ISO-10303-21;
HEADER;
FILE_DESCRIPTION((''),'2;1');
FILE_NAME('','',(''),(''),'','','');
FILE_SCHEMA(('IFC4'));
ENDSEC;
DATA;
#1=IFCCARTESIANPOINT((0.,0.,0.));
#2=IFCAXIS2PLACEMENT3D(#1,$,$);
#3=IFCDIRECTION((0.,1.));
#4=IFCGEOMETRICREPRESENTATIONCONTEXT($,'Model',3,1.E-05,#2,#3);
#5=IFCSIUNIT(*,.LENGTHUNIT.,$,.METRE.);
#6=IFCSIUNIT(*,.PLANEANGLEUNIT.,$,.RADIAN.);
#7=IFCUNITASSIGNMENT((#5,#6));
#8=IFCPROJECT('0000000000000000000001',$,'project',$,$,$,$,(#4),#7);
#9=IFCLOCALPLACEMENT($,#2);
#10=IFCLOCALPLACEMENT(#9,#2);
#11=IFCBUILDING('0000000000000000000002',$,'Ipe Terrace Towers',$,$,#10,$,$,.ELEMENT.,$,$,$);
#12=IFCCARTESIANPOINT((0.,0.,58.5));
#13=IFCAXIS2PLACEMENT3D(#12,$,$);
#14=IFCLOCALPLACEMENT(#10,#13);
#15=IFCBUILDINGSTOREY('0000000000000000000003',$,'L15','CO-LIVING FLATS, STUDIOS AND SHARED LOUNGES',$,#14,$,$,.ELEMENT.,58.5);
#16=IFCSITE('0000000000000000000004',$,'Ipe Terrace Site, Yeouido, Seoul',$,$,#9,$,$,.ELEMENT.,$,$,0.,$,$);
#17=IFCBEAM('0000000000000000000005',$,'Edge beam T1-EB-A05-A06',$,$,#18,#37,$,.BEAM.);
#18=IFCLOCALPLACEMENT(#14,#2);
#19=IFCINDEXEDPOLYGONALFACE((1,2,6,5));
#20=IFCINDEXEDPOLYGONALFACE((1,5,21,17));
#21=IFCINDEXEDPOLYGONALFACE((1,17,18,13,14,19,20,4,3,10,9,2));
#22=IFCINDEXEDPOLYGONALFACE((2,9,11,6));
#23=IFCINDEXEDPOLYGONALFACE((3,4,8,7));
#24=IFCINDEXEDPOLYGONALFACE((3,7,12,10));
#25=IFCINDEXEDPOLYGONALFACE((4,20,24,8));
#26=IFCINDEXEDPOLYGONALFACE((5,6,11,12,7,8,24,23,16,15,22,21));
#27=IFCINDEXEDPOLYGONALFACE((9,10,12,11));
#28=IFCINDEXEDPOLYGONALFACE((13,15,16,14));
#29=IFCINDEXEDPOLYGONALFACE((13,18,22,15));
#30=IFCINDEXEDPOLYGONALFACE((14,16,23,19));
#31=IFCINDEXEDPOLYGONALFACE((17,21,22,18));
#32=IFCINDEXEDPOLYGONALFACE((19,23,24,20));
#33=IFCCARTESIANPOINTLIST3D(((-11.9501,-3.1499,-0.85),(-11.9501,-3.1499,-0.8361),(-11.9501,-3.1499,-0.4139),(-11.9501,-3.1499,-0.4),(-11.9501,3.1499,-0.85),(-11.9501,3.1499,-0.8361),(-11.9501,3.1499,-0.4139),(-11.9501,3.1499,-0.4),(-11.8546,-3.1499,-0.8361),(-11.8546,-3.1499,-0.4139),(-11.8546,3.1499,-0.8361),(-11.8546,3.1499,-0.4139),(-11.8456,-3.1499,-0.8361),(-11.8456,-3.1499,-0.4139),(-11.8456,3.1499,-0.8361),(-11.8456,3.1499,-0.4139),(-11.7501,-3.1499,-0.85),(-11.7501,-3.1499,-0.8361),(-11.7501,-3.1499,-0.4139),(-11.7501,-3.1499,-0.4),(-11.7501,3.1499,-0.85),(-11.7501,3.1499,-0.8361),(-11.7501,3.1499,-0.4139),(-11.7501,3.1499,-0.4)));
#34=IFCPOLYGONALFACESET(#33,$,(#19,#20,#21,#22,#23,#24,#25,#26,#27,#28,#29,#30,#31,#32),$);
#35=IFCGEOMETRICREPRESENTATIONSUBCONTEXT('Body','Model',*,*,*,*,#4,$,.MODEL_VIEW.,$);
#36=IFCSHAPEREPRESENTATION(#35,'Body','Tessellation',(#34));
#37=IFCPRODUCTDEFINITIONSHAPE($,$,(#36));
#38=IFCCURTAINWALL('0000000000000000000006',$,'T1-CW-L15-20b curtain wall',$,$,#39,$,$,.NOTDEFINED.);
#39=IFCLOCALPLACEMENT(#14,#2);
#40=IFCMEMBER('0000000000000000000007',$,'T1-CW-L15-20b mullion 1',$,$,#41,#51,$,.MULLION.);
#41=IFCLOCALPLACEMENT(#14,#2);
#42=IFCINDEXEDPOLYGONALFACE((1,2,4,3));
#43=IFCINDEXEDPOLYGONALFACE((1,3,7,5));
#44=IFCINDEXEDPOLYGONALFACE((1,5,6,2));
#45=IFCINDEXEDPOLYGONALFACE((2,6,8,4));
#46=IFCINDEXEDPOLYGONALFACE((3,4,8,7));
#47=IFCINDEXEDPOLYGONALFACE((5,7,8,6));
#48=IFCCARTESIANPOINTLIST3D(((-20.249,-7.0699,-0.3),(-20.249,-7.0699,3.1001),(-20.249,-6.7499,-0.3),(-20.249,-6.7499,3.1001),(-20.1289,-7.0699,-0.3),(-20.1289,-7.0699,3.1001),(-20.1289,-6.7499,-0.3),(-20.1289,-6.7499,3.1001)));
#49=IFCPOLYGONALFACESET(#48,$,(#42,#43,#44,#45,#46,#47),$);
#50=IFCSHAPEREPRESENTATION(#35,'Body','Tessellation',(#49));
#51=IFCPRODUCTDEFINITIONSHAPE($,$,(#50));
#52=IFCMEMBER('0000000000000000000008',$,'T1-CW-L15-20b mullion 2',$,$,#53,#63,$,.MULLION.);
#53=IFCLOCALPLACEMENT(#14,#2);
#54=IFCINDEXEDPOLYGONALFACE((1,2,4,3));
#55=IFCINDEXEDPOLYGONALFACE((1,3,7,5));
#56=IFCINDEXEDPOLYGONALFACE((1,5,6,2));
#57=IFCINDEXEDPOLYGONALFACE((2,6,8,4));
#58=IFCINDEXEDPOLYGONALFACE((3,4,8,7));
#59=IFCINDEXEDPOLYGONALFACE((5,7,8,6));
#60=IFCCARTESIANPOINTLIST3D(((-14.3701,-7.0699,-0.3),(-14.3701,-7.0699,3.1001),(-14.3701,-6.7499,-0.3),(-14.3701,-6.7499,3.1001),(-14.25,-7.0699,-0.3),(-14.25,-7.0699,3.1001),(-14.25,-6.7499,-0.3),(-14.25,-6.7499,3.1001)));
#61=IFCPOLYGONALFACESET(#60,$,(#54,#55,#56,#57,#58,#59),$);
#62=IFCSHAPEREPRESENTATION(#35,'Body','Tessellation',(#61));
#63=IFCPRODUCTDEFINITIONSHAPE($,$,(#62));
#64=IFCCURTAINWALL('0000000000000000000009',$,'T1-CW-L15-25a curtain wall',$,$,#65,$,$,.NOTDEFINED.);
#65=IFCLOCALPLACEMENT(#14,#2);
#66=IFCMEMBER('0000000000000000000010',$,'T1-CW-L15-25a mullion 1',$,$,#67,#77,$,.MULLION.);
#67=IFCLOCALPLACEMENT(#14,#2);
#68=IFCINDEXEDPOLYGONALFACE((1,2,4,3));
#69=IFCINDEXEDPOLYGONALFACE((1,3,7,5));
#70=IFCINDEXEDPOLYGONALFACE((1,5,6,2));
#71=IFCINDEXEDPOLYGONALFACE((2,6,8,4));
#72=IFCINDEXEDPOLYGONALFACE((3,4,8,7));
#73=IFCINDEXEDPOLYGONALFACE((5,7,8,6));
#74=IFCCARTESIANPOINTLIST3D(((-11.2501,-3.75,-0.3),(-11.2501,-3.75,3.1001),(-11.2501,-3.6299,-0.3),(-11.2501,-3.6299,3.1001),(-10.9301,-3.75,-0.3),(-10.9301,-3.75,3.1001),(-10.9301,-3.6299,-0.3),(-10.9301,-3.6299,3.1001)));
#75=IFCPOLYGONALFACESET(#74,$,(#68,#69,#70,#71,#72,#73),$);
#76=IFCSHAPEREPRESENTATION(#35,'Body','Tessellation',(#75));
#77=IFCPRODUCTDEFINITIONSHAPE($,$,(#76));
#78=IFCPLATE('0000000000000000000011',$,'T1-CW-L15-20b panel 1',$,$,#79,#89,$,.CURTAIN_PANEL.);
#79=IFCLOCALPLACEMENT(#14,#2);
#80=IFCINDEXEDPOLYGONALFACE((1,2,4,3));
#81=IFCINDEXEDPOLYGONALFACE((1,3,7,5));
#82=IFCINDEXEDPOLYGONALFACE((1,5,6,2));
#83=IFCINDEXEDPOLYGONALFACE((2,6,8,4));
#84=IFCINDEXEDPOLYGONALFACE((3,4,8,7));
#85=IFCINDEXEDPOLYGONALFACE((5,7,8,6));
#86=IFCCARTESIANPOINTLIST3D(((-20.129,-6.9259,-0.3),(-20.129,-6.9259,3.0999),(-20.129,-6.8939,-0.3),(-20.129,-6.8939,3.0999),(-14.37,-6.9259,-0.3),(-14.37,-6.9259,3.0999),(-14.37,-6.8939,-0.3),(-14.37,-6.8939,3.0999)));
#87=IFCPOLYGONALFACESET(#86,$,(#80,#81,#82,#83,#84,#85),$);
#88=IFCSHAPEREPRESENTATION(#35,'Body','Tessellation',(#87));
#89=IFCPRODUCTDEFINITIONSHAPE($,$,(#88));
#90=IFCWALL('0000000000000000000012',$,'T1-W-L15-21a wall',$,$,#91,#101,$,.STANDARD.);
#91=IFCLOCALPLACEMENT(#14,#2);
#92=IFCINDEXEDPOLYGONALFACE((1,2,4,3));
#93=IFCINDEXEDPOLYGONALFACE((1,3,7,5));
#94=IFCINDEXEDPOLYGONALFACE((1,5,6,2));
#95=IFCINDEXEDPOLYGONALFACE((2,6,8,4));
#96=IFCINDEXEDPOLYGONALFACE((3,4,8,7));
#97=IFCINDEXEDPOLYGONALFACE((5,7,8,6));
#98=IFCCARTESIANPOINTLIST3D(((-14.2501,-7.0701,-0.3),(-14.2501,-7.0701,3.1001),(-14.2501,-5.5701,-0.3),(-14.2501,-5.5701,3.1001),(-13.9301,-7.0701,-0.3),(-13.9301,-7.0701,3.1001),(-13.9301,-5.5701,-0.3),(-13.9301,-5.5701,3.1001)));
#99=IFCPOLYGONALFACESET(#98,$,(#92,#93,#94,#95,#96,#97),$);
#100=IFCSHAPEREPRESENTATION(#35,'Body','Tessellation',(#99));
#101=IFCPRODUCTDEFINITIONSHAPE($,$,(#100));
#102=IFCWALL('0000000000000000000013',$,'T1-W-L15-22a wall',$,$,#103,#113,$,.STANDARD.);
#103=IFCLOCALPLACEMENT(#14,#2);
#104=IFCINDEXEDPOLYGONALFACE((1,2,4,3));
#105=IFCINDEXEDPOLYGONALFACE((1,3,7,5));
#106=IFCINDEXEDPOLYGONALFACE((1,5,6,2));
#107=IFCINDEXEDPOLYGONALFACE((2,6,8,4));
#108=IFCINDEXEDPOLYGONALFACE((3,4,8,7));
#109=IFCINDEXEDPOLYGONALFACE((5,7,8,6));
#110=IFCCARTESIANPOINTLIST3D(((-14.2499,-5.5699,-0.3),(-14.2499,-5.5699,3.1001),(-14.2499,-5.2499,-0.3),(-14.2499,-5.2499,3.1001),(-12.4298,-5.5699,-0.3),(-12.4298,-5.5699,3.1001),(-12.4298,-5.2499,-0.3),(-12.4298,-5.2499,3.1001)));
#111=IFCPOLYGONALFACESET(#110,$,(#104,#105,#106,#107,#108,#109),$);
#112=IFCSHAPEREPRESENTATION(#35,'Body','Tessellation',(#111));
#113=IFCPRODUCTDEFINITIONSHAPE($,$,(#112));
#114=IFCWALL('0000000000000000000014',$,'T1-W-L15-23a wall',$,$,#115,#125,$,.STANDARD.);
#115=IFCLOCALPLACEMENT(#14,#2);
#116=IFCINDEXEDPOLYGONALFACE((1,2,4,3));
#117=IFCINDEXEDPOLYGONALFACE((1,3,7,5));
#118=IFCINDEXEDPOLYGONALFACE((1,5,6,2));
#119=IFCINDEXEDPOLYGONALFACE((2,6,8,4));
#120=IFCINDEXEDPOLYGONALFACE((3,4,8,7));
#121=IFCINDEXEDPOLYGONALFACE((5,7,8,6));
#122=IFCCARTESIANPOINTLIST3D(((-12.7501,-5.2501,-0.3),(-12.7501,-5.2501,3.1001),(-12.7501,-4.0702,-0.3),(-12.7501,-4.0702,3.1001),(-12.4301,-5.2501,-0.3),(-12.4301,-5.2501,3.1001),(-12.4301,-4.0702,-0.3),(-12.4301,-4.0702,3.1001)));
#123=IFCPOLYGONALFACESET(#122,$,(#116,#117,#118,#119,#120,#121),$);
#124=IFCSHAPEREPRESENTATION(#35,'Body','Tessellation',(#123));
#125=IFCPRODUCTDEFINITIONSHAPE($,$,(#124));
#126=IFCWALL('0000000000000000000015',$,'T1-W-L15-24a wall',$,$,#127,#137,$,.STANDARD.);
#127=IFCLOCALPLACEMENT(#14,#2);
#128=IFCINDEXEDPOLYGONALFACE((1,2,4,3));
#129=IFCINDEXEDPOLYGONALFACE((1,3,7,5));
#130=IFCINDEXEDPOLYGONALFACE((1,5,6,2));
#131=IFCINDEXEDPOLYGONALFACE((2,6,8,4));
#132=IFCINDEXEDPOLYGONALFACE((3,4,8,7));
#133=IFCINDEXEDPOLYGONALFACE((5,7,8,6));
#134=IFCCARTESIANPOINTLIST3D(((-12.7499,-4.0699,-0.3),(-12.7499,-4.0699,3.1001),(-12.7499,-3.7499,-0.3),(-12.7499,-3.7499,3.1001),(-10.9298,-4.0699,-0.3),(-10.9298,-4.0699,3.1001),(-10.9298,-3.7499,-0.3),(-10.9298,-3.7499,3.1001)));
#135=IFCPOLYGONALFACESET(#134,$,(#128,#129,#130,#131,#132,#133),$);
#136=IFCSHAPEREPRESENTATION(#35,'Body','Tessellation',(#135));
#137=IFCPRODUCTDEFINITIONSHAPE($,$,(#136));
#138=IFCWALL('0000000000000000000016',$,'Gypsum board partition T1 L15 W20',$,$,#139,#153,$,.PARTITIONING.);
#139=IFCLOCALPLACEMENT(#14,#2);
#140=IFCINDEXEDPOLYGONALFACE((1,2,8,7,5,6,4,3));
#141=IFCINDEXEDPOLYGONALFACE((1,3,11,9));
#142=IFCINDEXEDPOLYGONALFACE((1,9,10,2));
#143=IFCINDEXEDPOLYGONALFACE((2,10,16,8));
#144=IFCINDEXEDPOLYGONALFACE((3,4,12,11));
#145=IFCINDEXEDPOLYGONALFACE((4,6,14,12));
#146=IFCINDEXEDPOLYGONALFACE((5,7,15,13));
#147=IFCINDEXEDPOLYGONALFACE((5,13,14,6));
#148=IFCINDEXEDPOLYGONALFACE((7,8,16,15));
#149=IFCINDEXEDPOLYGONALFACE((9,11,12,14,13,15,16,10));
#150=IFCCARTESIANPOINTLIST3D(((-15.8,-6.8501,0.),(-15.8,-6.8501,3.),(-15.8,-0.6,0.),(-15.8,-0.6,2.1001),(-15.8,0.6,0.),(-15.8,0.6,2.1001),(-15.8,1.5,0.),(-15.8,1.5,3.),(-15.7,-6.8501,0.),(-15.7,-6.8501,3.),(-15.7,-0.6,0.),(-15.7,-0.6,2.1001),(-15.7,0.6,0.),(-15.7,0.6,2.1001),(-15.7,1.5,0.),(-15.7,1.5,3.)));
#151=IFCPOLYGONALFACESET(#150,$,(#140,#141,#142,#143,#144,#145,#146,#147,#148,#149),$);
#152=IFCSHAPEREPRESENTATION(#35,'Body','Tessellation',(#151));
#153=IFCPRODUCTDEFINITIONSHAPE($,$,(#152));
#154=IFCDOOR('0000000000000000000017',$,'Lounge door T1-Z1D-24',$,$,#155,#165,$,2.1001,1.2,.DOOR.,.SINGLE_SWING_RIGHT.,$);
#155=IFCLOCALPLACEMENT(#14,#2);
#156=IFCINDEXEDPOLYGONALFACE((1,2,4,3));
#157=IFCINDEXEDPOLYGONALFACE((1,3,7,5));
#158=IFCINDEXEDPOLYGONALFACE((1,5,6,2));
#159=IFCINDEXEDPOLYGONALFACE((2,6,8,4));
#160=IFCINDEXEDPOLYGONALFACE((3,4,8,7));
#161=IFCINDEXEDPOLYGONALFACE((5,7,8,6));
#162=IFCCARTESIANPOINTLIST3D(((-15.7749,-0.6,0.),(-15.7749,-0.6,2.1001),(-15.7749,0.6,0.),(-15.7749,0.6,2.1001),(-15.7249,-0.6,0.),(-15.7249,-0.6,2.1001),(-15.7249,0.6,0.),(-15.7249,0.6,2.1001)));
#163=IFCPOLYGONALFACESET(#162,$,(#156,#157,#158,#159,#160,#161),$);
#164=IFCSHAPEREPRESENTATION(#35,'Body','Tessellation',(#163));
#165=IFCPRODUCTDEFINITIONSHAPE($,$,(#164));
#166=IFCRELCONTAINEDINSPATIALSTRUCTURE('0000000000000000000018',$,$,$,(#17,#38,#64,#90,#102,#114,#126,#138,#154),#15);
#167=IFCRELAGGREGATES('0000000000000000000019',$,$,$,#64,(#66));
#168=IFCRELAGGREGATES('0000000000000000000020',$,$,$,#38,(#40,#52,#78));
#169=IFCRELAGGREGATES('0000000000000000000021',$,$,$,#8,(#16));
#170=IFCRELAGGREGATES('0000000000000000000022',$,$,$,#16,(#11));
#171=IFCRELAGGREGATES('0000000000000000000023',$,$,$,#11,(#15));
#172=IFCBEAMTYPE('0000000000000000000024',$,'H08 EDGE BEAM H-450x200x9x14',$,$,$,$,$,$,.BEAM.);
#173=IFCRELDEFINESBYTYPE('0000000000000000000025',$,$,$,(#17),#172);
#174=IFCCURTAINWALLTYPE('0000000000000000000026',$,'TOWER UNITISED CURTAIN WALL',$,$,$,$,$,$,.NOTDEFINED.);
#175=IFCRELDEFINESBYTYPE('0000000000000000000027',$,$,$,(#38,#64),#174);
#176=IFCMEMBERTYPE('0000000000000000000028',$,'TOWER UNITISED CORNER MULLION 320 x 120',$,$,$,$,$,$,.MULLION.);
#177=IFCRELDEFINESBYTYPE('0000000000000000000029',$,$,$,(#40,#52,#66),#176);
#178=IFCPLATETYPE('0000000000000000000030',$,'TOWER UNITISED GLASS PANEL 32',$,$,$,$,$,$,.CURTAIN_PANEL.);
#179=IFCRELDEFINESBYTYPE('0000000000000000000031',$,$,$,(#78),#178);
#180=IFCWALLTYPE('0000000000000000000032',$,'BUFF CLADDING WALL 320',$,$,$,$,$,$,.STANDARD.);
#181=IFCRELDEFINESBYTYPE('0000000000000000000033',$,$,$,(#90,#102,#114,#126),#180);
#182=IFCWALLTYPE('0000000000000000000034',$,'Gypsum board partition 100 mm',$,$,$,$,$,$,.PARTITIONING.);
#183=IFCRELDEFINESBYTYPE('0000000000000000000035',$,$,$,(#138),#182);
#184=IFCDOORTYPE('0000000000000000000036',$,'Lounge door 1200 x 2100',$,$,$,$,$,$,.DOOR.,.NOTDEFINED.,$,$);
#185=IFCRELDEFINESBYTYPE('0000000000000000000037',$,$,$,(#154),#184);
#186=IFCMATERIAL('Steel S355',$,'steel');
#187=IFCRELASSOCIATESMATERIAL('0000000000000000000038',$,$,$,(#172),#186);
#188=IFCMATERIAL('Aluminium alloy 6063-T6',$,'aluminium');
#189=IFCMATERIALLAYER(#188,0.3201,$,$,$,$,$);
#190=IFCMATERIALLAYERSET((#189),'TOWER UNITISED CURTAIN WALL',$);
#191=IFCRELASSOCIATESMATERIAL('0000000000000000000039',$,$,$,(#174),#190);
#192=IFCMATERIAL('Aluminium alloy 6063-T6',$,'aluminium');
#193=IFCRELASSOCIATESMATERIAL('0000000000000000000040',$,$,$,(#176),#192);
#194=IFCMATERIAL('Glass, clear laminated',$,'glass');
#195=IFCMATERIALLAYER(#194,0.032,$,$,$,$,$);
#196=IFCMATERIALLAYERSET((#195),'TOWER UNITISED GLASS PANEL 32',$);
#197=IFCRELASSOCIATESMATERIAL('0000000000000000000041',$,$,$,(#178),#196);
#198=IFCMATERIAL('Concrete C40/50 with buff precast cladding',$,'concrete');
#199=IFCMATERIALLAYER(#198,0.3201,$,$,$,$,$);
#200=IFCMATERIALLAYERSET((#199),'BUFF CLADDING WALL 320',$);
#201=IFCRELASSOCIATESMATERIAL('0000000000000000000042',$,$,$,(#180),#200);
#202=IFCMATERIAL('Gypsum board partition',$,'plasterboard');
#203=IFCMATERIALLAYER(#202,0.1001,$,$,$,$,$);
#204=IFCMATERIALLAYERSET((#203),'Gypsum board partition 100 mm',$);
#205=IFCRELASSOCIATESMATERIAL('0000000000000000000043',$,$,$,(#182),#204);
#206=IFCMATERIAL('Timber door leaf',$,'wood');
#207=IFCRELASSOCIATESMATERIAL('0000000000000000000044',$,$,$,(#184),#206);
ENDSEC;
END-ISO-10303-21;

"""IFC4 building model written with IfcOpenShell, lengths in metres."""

from ifc_helpers import new_model, si_unit, direction, frame, frame_2d, origin, origin_2d, place, context, subcontext, project, spatial, rectangle, i_section, extrude, material, layer, layer_set, material_profile, profile_set, type_object, element, fill, aggregate, save


model = new_model("IFC4")

# Units and contexts
model_context = context("Model", 3, precision=1e-05, world=origin(), true_north=direction((0.0, 1.0)))
body_context = subcontext(model_context, "Body", "Model", "MODEL_VIEW")
ifc_project = project(units=[si_unit("LENGTHUNIT", "METRE"), si_unit("PLANEANGLEUNIT", "RADIAN")], contexts=[model_context])

# Site, building, storey
site_placement = place(None, origin())
site = spatial("IfcSite", under=ifc_project, at=site_placement, Name="Ipe Terrace Site, Yeouido, Seoul", CompositionType="ELEMENT", RefElevation=0.0)
building_placement = place(site_placement, origin())
building = spatial("IfcBuilding", under=site, at=building_placement, Name="Ipe Terrace Towers", CompositionType="ELEMENT")
storey_placement = place(building_placement, frame((0.0, 0.0, 58.5)))
storey = spatial("IfcBuildingStorey", under=building, at=storey_placement, Name="L15", Description="CO-LIVING FLATS, STUDIOS AND SHARED LOUNGES", CompositionType="ELEMENT", Elevation=58.5)

# Beam
ifc_material_1 = material(Name="Steel S355", Category="steel")
ifc_material_profile_1 = material_profile(ifc_material_1, i_section(OverallWidth=0.2, OverallDepth=0.45, WebThickness=0.009, FlangeThickness=0.0139, at=origin_2d()), Name="H-450x200x9x14")
ifc_profile_set_1 = profile_set([ifc_material_profile_1], Name="Steel S355")
beam_type = type_object("IfcBeamType", Name="H08 EDGE BEAM H-450x200x9x14", PredefinedType="BEAM", material=ifc_profile_set_1)
beam_1_placement = place(storey_placement, frame((-11.8501, -3.1499, -0.625), z_axis=(0.0, 1.0, 0.0), x_axis=(-1.0, 0.0, 0.0)))
element("IfcBeam", 1, at=beam_1_placement, inside=storey, type_object=beam_type, Name="Edge beam T1-EB-A05-A06", PredefinedType="BEAM", context=body_context, shape_type="SweptSolid", body=[
    extrude(i_section(OverallWidth=0.2, OverallDepth=0.45, WebThickness=0.009, FlangeThickness=0.0139, at=origin_2d()), origin(), (0.0, 0.0, 1.0), 6.2998),
])

# Curtain wall, members
ifc_material_2 = material(Name="Aluminium alloy 6063-T6", Category="aluminium")
ifc_layer_1 = layer(ifc_material_2, 0.3201)
ifc_layer_set_1 = layer_set([ifc_layer_1], Name="TOWER UNITISED CURTAIN WALL")
curtain_wall_type = type_object("IfcCurtainWallType", Name="TOWER UNITISED CURTAIN WALL", PredefinedType="NOTDEFINED", material=ifc_layer_set_1)
curtain_wall_1_placement = place(storey_placement, origin())
curtain_wall_1 = element("IfcCurtainWall", 2, at=curtain_wall_1_placement, inside=storey, type_object=curtain_wall_type, Name="T1-CW-L15-20b curtain wall", PredefinedType="NOTDEFINED")
ifc_material_3 = material(Name="Aluminium alloy 6063-T6", Category="aluminium")
ifc_material_profile_2 = material_profile(ifc_material_3, rectangle(XDim=0.3201, YDim=0.1201, at=origin_2d()), Name="TOWER UNITISED CORNER MULLION 320 x 120")
ifc_profile_set_2 = profile_set([ifc_material_profile_2], Name="Aluminium alloy 6063-T6")
member_type = type_object("IfcMemberType", Name="TOWER UNITISED CORNER MULLION 320 x 120", PredefinedType="MULLION", material=ifc_profile_set_2)
member_1_placement = place(storey_placement, frame((-20.189, -6.9099, -0.3), z_axis=(0.0, 0.0, 1.0), x_axis=(0.0, -1.0, 0.0)))
member_1 = element("IfcMember", 3, at=member_1_placement, type_object=member_type, Name="T1-CW-L15-20b mullion 1", PredefinedType="MULLION", context=body_context, shape_type="SweptSolid", body=[
    extrude(rectangle(XDim=0.3201, YDim=0.1201, at=origin_2d()), origin(), (0.0, 0.0, 1.0), 3.4001),
])
member_2_placement = place(storey_placement, frame((-14.3101, -6.9099, -0.3), z_axis=(0.0, 0.0, 1.0), x_axis=(0.0, -1.0, 0.0)))
member_2 = element("IfcMember", 4, at=member_2_placement, type_object=member_type, Name="T1-CW-L15-20b mullion 2", PredefinedType="MULLION", context=body_context, shape_type="SweptSolid", body=[
    extrude(rectangle(XDim=0.3201, YDim=0.1201, at=origin_2d()), origin(), (0.0, 0.0, 1.0), 3.4001),
])

# Curtain wall, member
curtain_wall_2_placement = place(storey_placement, origin())
curtain_wall_2 = element("IfcCurtainWall", 5, at=curtain_wall_2_placement, inside=storey, type_object=curtain_wall_type, Name="T1-CW-L15-25a curtain wall", PredefinedType="NOTDEFINED")
member_3_placement = place(storey_placement, frame((-11.0901, -3.6899, -0.3), z_axis=(0.0, 0.0, 1.0), x_axis=(1.0, 0.0, 0.0)))
member_3 = element("IfcMember", 6, at=member_3_placement, type_object=member_type, Name="T1-CW-L15-25a mullion 1", PredefinedType="MULLION", context=body_context, shape_type="SweptSolid", body=[
    extrude(rectangle(XDim=0.3201, YDim=0.1201, at=origin_2d()), origin(), (0.0, 0.0, 1.0), 3.4001),
])
aggregate(curtain_wall_2, [member_3])

# Plate
ifc_material_4 = material(Name="Glass, clear laminated", Category="glass")
ifc_layer_2 = layer(ifc_material_4, 0.032)
ifc_layer_set_2 = layer_set([ifc_layer_2], Name="TOWER UNITISED GLASS PANEL 32")
plate_type = type_object("IfcPlateType", Name="TOWER UNITISED GLASS PANEL 32", PredefinedType="CURTAIN_PANEL", material=ifc_layer_set_2)
plate_placement = place(storey_placement, frame((-17.2495, -6.9099, -0.3), z_axis=(0.0, 0.0, 1.0), x_axis=(1.0, 0.0, 0.0)))
plate = element("IfcPlate", 7, at=plate_placement, type_object=plate_type, Name="T1-CW-L15-20b panel 1", PredefinedType="CURTAIN_PANEL", context=body_context, shape_type="SweptSolid", body=[
    extrude(rectangle(XDim=5.759, YDim=0.032, at=origin_2d()), origin(), (0.0, 0.0, 1.0), 3.3999),
])
aggregate(curtain_wall_1, [member_1, member_2, plate])

# Walls
ifc_material_5 = material(Name="Concrete C40/50 with buff precast cladding", Category="concrete")
ifc_layer_3 = layer(ifc_material_5, 0.3201)
ifc_layer_set_3 = layer_set([ifc_layer_3], Name="BUFF CLADDING WALL 320")
wall_type_1 = type_object("IfcWallType", Name="BUFF CLADDING WALL 320", PredefinedType="STANDARD", material=ifc_layer_set_3)
wall_1_placement = place(storey_placement, frame((-14.0901, -7.0701, -0.3), z_axis=(0.0, 0.0, 1.0), x_axis=(0.0, 1.0, 0.0)))
element("IfcWall", 8, at=wall_1_placement, inside=storey, type_object=wall_type_1, Name="T1-W-L15-21a wall", PredefinedType="STANDARD", context=body_context, shape_type="SweptSolid", body=[
    extrude(rectangle(XDim=1.5, YDim=0.3201, at=frame_2d((0.75, 0.0))), origin(), (0.0, 0.0, 1.0), 3.4001),
])
wall_2_placement = place(storey_placement, frame((-14.25, -5.4099, -0.3), z_axis=(0.0, 0.0, 1.0), x_axis=(1.0, 0.0, 0.0)))
element("IfcWall", 9, at=wall_2_placement, inside=storey, type_object=wall_type_1, Name="T1-W-L15-22a wall", PredefinedType="STANDARD", context=body_context, shape_type="SweptSolid", body=[
    extrude(rectangle(XDim=1.8201, YDim=0.3201, at=frame_2d((0.9102, 0.0))), origin(), (0.0, 0.0, 1.0), 3.4001),
])
wall_3_placement = place(storey_placement, frame((-12.5901, -5.25, -0.3), z_axis=(0.0, 0.0, 1.0), x_axis=(0.0, 1.0, 0.0)))
element("IfcWall", 10, at=wall_3_placement, inside=storey, type_object=wall_type_1, Name="T1-W-L15-23a wall", PredefinedType="STANDARD", context=body_context, shape_type="SweptSolid", body=[
    extrude(rectangle(XDim=1.1799, YDim=0.3201, at=frame_2d((0.5898, 0.0))), origin(), (0.0, 0.0, 1.0), 3.4001),
])
wall_4_placement = place(storey_placement, frame((-12.75, -3.9099, -0.3), z_axis=(0.0, 0.0, 1.0), x_axis=(1.0, 0.0, 0.0)))
element("IfcWall", 11, at=wall_4_placement, inside=storey, type_object=wall_type_1, Name="T1-W-L15-24a wall", PredefinedType="STANDARD", context=body_context, shape_type="SweptSolid", body=[
    extrude(rectangle(XDim=1.8201, YDim=0.3201, at=frame_2d((0.9102, 0.0))), origin(), (0.0, 0.0, 1.0), 3.4001),
])

# Wall, opening, door
ifc_material_6 = material(Name="Gypsum board partition", Category="plasterboard")
ifc_layer_4 = layer(ifc_material_6, 0.1001)
ifc_layer_set_4 = layer_set([ifc_layer_4], Name="Gypsum board partition 100 mm")
wall_type_2 = type_object("IfcWallType", Name="Gypsum board partition 100 mm", PredefinedType="PARTITIONING", material=ifc_layer_set_4)
wall_5_placement = place(storey_placement, frame((-15.75, -6.8501, 0.0), z_axis=(0.0, 0.0, 1.0), x_axis=(0.0, 1.0, 0.0)))
wall_5 = element("IfcWall", 12, at=wall_5_placement, inside=storey, type_object=wall_type_2, Name="Gypsum board partition T1 L15 W20", PredefinedType="PARTITIONING", context=body_context, shape_type="SweptSolid", body=[
    extrude(rectangle(XDim=8.3501, YDim=0.1001, at=frame_2d((4.175, 0.0))), origin(), (0.0, 0.0, 1.0), 3.0),
])
opening_1_placement = place(wall_5_placement, frame((6.25, 0.0, 0.0)))
opening_1 = element("IfcOpeningElement", 13, at=opening_1_placement, cuts=wall_5, PredefinedType="OPENING", context=body_context, shape_type="SweptSolid", body=[
    extrude(rectangle(XDim=1.2, YDim=2.1001, at=frame_2d((0.6001, 1.05))), frame((0.0, 0.0601, 0.0), z_axis=(0.0, -1.0, 0.0), x_axis=(1.0, 0.0, 0.0)), (0.0, 0.0, 1.0), 0.1201),
])
ifc_material_7 = material(Name="Timber door leaf", Category="wood")
door_type_1 = type_object("IfcDoorType", Name="Lounge door 1200 x 2100", OperationType="NOTDEFINED", PredefinedType="DOOR", material=ifc_material_7)
door_1_placement = place(opening_1_placement, origin())
door_1 = element("IfcDoor", 14, at=door_1_placement, inside=storey, type_object=door_type_1, Name="Lounge door T1-Z1D-24", OperationType="SINGLE_SWING_RIGHT", OverallHeight=2.1001, OverallWidth=1.2, PredefinedType="DOOR", context=body_context, shape_type="SweptSolid", body=[
    extrude(rectangle(XDim=1.2, YDim=2.1001, at=frame_2d((0.6001, 1.05))), frame((0.0, 0.0249, 0.0), z_axis=(0.0, -1.0, 0.0), x_axis=(1.0, 0.0, 0.0)), (0.0, 0.0, 1.0), 0.05),
])
fill(opening_1, door_1)

save(model, "model.ifc")
